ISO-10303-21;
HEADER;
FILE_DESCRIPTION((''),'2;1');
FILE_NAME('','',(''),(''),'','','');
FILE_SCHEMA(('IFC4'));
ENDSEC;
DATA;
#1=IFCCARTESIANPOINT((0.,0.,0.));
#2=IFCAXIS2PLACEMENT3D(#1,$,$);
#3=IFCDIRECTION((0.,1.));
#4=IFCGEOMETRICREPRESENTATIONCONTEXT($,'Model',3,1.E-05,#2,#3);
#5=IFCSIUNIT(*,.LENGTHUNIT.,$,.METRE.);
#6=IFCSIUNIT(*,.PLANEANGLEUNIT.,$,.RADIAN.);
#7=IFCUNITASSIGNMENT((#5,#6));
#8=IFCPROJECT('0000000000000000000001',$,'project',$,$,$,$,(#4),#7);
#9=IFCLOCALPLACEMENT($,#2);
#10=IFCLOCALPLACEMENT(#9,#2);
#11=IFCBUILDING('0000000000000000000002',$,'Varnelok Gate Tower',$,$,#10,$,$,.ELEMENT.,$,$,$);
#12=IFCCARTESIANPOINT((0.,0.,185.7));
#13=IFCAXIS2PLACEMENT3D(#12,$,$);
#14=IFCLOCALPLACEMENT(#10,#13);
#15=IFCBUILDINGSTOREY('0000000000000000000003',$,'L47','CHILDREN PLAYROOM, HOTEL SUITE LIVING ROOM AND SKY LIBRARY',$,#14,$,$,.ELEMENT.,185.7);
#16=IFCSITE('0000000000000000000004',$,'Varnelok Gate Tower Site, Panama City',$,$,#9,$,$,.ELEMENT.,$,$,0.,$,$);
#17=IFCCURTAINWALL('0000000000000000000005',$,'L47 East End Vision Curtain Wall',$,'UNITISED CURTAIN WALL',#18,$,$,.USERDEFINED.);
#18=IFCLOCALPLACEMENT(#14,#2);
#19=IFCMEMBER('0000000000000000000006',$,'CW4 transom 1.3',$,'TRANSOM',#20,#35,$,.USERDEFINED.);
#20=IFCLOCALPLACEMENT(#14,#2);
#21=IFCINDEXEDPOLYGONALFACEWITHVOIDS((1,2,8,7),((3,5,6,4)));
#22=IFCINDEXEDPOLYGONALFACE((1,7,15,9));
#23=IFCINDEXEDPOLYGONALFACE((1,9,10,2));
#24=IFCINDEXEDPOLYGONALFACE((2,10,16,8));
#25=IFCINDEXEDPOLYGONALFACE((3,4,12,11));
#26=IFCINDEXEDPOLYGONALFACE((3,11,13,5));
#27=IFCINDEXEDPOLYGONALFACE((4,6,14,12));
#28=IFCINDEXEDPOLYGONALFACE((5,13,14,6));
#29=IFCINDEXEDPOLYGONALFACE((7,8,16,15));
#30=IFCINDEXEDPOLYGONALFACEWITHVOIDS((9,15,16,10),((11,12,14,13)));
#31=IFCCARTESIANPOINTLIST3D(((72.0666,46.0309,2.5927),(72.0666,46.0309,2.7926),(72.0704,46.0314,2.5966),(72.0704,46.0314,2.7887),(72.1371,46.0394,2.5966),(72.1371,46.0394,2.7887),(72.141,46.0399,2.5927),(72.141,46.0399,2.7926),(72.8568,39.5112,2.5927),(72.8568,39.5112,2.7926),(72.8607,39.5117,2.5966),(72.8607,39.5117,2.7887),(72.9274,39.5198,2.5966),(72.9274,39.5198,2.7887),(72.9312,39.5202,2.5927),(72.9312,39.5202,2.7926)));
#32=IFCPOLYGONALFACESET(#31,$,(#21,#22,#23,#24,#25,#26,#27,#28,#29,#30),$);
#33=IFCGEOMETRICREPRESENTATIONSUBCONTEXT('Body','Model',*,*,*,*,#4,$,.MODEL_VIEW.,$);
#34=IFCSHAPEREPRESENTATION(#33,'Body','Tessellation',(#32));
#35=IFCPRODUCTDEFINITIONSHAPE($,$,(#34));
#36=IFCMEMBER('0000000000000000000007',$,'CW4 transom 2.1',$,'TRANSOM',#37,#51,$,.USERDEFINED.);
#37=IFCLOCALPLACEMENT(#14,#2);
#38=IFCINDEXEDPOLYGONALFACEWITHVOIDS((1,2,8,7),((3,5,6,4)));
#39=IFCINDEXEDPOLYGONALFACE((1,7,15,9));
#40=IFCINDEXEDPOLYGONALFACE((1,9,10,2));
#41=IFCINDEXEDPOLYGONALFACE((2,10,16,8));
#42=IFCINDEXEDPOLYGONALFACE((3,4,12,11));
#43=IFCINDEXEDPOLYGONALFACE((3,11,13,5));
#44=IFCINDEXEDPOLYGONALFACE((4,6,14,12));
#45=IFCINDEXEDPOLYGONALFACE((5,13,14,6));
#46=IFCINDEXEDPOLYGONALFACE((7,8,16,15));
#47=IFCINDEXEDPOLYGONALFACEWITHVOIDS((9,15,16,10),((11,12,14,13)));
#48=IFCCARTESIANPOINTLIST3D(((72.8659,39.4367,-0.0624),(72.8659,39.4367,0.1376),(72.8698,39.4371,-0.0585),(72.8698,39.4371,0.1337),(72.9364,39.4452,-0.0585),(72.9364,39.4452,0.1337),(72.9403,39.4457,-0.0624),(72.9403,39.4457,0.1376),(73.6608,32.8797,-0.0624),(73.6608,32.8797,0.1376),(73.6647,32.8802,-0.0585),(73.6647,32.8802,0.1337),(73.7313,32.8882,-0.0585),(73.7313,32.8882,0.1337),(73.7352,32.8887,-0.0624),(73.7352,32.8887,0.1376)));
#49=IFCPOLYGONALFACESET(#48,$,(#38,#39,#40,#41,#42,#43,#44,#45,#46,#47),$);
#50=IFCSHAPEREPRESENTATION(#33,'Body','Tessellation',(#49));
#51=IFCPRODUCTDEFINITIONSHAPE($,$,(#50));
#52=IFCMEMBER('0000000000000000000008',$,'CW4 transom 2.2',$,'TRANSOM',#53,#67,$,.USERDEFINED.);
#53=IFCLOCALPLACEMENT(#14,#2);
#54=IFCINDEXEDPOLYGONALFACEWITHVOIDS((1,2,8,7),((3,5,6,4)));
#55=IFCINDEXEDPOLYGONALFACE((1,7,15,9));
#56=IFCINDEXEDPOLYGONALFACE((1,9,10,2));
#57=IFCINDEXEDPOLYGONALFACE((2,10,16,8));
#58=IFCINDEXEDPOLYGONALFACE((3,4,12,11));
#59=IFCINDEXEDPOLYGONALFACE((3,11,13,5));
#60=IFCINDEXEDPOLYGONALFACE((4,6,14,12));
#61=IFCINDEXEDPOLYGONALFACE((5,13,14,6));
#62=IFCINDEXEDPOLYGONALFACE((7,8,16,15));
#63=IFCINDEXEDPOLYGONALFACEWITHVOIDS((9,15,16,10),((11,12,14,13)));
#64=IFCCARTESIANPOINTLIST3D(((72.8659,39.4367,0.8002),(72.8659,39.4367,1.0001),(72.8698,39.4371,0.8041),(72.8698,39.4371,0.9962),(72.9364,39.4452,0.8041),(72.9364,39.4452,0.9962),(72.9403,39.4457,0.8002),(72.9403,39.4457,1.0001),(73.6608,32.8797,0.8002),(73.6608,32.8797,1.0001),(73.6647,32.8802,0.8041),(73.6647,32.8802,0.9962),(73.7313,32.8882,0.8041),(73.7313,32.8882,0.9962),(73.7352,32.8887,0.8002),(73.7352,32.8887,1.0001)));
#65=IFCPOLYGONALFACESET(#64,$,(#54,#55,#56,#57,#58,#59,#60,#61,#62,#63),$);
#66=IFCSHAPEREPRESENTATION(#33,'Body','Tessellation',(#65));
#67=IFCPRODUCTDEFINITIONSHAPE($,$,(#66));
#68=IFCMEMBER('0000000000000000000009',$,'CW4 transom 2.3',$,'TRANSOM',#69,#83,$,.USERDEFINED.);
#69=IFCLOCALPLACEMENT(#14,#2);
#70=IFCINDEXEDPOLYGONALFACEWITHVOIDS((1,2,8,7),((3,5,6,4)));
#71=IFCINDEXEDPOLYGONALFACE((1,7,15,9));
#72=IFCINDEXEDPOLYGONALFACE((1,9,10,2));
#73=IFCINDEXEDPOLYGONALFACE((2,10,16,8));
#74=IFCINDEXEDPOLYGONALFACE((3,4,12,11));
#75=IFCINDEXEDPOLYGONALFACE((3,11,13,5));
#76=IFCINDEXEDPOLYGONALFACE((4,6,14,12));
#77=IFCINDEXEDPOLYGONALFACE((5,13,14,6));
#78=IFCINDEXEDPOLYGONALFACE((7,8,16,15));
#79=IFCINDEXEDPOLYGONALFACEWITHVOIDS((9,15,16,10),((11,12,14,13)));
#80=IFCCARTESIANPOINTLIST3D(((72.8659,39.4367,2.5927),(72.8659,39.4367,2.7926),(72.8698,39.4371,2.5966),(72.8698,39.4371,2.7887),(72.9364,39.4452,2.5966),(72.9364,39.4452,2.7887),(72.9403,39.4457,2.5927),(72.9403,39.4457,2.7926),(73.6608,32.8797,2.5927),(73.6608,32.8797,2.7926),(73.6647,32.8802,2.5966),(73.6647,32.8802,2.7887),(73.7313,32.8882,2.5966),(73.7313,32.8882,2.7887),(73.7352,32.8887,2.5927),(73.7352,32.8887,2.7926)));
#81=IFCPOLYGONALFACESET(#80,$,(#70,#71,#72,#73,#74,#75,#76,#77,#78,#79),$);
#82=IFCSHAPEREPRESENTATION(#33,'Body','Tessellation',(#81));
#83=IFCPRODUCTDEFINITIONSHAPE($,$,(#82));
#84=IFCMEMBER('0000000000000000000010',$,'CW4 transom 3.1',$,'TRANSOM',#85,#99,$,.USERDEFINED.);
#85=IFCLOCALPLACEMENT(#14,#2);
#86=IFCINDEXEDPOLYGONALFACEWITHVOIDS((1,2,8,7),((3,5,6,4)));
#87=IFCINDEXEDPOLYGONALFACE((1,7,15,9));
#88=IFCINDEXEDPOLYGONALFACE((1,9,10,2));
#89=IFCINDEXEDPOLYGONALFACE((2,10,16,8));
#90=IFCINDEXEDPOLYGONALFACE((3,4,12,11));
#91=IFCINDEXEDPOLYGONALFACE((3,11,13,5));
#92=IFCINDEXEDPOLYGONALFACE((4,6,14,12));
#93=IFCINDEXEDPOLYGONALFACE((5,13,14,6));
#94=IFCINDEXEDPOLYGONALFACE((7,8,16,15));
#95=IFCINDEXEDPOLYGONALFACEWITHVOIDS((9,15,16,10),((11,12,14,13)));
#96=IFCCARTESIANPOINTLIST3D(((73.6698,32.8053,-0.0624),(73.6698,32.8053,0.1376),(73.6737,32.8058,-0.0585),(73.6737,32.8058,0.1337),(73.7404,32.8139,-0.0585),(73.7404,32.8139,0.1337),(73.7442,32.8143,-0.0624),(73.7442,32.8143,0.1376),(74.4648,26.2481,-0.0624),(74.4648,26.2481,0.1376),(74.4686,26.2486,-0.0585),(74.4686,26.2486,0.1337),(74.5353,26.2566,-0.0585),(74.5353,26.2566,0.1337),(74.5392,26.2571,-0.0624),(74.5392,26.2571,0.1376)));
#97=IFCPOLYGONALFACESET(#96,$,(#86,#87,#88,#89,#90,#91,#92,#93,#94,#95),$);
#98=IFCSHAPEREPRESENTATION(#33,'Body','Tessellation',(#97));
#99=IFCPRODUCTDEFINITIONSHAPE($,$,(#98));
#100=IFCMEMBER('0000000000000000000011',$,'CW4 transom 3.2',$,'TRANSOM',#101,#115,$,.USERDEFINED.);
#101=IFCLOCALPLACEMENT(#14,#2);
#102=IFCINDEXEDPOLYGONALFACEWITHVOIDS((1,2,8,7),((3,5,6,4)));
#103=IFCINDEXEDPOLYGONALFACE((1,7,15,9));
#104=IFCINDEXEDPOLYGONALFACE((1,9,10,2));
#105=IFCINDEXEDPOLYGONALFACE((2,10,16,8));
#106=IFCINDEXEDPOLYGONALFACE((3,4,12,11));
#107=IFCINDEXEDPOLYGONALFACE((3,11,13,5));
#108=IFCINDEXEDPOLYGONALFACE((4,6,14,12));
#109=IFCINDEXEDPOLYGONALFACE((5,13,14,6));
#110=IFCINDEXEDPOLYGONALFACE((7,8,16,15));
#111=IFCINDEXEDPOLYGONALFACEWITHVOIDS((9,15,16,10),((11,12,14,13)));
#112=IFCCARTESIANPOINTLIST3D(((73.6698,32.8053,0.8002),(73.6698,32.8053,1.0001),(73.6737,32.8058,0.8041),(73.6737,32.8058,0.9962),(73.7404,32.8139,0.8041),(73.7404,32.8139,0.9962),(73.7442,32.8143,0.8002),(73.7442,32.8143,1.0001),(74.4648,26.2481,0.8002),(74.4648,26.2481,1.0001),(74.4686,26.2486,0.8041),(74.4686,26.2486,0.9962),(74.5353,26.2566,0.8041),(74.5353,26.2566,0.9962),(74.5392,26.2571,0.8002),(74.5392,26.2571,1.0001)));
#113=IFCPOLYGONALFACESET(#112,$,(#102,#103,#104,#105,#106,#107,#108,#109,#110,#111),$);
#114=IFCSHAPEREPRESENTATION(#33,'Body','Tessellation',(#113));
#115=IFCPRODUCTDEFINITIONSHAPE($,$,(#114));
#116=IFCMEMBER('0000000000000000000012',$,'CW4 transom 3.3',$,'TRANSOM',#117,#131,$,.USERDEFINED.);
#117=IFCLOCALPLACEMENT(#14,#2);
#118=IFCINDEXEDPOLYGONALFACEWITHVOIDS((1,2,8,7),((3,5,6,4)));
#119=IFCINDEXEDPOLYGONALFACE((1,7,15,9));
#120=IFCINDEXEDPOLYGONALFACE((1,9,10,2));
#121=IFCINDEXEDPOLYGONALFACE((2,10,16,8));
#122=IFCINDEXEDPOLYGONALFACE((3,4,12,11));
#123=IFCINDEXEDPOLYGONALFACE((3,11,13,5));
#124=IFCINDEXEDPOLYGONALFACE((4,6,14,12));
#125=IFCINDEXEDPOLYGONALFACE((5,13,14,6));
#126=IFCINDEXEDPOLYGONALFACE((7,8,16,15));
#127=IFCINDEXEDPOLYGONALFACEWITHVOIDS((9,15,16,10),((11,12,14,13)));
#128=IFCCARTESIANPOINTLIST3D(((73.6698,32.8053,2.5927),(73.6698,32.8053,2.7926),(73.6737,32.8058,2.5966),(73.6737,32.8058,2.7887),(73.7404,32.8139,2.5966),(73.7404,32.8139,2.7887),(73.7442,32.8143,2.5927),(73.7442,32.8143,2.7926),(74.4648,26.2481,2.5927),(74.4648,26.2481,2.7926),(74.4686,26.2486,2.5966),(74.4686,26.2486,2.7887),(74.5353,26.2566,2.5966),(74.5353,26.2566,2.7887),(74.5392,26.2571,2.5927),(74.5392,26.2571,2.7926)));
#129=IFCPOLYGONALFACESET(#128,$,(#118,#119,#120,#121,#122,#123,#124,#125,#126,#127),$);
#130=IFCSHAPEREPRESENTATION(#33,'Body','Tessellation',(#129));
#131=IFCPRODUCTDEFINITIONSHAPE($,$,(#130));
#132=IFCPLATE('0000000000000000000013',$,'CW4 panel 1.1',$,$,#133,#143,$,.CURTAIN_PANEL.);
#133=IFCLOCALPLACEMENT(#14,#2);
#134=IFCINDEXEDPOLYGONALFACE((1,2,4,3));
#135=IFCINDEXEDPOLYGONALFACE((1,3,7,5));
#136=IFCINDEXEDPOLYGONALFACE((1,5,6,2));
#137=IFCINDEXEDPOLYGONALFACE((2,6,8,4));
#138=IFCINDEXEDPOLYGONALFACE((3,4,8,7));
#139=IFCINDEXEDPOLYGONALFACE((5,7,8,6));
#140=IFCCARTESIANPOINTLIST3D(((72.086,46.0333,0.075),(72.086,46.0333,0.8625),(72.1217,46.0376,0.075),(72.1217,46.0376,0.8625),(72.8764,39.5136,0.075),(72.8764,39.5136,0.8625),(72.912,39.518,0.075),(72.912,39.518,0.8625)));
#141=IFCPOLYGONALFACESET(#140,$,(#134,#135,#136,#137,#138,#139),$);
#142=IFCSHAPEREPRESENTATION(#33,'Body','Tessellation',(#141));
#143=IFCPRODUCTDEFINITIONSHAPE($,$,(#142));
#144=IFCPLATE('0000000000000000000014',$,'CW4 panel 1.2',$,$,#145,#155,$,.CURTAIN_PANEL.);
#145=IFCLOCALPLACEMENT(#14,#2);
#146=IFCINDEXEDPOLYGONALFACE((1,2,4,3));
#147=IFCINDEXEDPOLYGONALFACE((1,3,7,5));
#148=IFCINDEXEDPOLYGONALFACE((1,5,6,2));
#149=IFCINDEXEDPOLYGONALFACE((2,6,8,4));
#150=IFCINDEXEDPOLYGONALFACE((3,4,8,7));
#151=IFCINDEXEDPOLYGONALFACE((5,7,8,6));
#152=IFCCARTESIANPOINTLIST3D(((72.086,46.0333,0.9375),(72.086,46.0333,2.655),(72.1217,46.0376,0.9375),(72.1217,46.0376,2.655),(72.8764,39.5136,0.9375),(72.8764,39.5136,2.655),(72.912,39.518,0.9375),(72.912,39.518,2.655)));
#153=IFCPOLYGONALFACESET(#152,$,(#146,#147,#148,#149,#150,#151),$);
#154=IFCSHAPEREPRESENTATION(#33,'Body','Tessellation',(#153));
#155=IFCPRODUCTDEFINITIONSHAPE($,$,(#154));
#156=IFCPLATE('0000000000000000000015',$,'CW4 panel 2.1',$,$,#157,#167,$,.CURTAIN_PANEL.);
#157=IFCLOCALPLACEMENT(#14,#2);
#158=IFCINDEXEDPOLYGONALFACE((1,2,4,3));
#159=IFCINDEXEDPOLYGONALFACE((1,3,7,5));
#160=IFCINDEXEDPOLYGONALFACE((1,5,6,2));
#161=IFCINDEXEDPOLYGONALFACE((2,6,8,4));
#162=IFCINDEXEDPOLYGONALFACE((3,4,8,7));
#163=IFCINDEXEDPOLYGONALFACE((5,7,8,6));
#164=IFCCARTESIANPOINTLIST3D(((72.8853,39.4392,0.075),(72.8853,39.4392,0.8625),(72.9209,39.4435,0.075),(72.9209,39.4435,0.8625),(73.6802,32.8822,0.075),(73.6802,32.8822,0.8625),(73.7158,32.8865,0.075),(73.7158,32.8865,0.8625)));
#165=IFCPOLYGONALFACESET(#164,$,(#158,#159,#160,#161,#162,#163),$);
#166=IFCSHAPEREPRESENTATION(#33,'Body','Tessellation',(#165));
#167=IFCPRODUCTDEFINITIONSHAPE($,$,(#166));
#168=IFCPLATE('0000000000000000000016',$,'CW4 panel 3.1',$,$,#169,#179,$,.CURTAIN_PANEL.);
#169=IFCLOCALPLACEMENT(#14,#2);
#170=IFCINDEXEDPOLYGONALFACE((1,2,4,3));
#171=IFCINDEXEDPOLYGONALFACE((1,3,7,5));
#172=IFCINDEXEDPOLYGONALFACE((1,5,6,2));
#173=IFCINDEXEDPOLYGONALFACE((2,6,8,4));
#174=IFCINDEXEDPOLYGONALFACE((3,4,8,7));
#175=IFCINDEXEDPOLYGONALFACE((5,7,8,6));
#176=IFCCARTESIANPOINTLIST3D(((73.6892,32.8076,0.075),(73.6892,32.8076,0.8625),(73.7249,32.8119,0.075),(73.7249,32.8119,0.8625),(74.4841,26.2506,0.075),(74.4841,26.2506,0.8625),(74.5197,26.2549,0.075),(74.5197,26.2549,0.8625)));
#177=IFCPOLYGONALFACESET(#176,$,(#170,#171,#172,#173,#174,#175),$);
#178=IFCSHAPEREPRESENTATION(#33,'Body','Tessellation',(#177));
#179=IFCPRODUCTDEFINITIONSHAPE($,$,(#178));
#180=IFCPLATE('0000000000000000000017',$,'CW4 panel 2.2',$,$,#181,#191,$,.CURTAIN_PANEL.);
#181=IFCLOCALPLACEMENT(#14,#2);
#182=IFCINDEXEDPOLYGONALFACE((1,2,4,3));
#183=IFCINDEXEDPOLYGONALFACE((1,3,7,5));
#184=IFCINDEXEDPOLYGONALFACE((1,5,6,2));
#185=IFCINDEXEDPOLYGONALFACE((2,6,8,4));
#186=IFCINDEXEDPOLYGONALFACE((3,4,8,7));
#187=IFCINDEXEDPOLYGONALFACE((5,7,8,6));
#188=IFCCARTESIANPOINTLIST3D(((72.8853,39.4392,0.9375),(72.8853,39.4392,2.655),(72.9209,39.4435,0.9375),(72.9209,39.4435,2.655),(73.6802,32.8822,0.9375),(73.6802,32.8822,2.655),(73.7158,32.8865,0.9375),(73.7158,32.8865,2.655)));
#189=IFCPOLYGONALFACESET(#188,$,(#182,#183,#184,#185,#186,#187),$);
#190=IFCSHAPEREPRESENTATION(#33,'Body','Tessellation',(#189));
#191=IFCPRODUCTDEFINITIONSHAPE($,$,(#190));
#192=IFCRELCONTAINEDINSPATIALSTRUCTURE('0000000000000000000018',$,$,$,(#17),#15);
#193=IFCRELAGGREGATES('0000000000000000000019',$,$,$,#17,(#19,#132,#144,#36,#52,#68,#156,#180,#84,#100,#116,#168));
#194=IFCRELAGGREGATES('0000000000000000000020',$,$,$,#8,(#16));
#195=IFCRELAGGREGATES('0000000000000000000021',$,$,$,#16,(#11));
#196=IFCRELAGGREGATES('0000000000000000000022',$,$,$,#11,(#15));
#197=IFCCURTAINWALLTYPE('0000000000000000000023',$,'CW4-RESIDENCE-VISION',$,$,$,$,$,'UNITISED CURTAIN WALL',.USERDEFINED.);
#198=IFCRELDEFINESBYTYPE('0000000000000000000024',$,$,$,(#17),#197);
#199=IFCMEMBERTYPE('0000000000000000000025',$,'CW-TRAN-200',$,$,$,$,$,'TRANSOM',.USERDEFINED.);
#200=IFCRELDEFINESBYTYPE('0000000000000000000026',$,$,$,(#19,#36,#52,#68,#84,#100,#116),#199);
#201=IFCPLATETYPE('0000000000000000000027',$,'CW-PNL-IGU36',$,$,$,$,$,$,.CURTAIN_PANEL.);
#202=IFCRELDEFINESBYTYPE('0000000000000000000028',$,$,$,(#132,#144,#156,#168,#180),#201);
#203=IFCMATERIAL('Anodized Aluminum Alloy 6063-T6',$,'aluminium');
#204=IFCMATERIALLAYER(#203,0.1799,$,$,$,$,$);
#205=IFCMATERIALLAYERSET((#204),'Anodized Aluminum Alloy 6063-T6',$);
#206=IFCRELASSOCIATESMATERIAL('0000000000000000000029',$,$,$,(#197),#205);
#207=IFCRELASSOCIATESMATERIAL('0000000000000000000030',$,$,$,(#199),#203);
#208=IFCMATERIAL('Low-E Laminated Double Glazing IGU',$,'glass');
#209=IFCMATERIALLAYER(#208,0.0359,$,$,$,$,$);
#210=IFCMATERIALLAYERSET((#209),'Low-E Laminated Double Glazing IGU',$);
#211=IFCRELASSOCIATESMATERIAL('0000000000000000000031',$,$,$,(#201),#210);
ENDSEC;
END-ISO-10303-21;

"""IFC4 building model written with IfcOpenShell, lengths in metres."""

from ifc_helpers import new_model, si_unit, direction, frame, origin, origin_2d, place, context, subcontext, project, spatial, rectangle, hollow_rectangle, extrude, source, transform, mapped, material, layer, layer_set, material_profile, profile_set, type_object, element, aggregate, save


model = new_model("IFC4")

# Units and contexts
model_context = context("Model", 3, precision=1e-05, world=origin(), true_north=direction((0.0, 1.0)))
body_context = subcontext(model_context, "Body", "Model", "MODEL_VIEW")
ifc_project = project(units=[si_unit("LENGTHUNIT", "METRE"), si_unit("PLANEANGLEUNIT", "RADIAN")], contexts=[model_context])

# Site, building, storey
site_placement = place(None, origin())
site = spatial("IfcSite", under=ifc_project, at=site_placement, Name="Varnelok Gate Tower Site, Panama City", CompositionType="ELEMENT", RefElevation=0.0)
building_placement = place(site_placement, origin())
building = spatial("IfcBuilding", under=site, at=building_placement, Name="Varnelok Gate Tower", CompositionType="ELEMENT")
storey_placement = place(building_placement, frame((0.0, 0.0, 185.7)))
storey = spatial("IfcBuildingStorey", under=building, at=storey_placement, Name="L47", Description="CHILDREN PLAYROOM, HOTEL SUITE LIVING ROOM AND SKY LIBRARY", CompositionType="ELEMENT", Elevation=185.7)

# Curtain wall, members, plates
ifc_material_1 = material(Name="Anodized Aluminum Alloy 6063-T6", Category="aluminium")
ifc_layer_1 = layer(ifc_material_1, 0.1799)
ifc_layer_set_1 = layer_set([ifc_layer_1], Name="Anodized Aluminum Alloy 6063-T6")
curtain_wall_type = type_object("IfcCurtainWallType", Name="CW4-RESIDENCE-VISION", ElementType="UNITISED CURTAIN WALL", PredefinedType="USERDEFINED", material=ifc_layer_set_1)
curtain_wall_placement = place(storey_placement, origin())
curtain_wall = element("IfcCurtainWall", 1, at=curtain_wall_placement, inside=storey, type_object=curtain_wall_type, Name="L47 East End Vision Curtain Wall", ObjectType="UNITISED CURTAIN WALL", PredefinedType="USERDEFINED")
ifc_material_profile_1 = material_profile(ifc_material_1, hollow_rectangle(XDim=0.075, YDim=0.2, WallThickness=0.0039, at=origin_2d()), Name="ALU200X75X4")
ifc_profile_set_1 = profile_set([ifc_material_profile_1], Name="Anodized Aluminum Alloy 6063-T6")
member_type_1 = type_object("IfcMemberType", Name="CW-TRAN-200", ElementType="TRANSOM", PredefinedType="USERDEFINED", material=ifc_profile_set_1)
member_1_placement = place(storey_placement, frame((72.1038, 46.0354, 2.6926), z_axis=(0.120332, -0.992734, 0.0), x_axis=(0.992734, 0.120332, 0.0)))
member_1 = element("IfcMember", 2, at=member_1_placement, type_object=member_type_1, Name="CW4 transom 1.3", ObjectType="TRANSOM", PredefinedType="USERDEFINED", context=body_context, shape_type="SweptSolid", body=[
    extrude(hollow_rectangle(XDim=0.075, YDim=0.2, WallThickness=0.0039, at=origin_2d()), origin(), (0.0, 0.0, 1.0), 6.5674),
])
member_2_placement = place(storey_placement, frame((72.9031, 39.4412, 0.0376), z_axis=(0.120353, -0.992731, 0.0), x_axis=(0.992731, 0.120353, 0.0)))
member_2 = element("IfcMember", 3, at=member_2_placement, type_object=member_type_1, Name="CW4 transom 2.1", ObjectType="TRANSOM", PredefinedType="USERDEFINED", context=body_context, shape_type="SweptSolid", body=[
    extrude(hollow_rectangle(XDim=0.075, YDim=0.2, WallThickness=0.0039, at=origin_2d()), origin(), (0.0, 0.0, 1.0), 6.605),
])
member_3_placement = place(storey_placement, frame((72.9031, 39.4412, 0.9001), z_axis=(0.120353, -0.992731, 0.0), x_axis=(0.992731, 0.120353, 0.0)))
member_3 = element("IfcMember", 4, at=member_3_placement, type_object=member_type_1, Name="CW4 transom 2.2", ObjectType="TRANSOM", PredefinedType="USERDEFINED", context=body_context, shape_type="SweptSolid", body=[
    extrude(hollow_rectangle(XDim=0.075, YDim=0.2, WallThickness=0.0039, at=origin_2d()), origin(), (0.0, 0.0, 1.0), 6.605),
])
member_4_placement = place(storey_placement, frame((72.9031, 39.4412, 2.6926), z_axis=(0.120353, -0.992731, 0.0), x_axis=(0.992731, 0.120353, 0.0)))
member_4 = element("IfcMember", 5, at=member_4_placement, type_object=member_type_1, Name="CW4 transom 2.3", ObjectType="TRANSOM", PredefinedType="USERDEFINED", context=body_context, shape_type="SweptSolid", body=[
    extrude(hollow_rectangle(XDim=0.075, YDim=0.2, WallThickness=0.0039, at=origin_2d()), origin(), (0.0, 0.0, 1.0), 6.605),
])
member_5_placement = place(storey_placement, frame((73.707, 32.8098, 0.0376), z_axis=(0.120349, -0.992732, 0.0), x_axis=(0.992732, 0.120349, 0.0)))
member_5 = element("IfcMember", 6, at=member_5_placement, type_object=member_type_1, Name="CW4 transom 3.1", ObjectType="TRANSOM", PredefinedType="USERDEFINED", context=body_context, shape_type="SweptSolid", body=[
    extrude(hollow_rectangle(XDim=0.075, YDim=0.2, WallThickness=0.0039, at=origin_2d()), origin(), (0.0, 0.0, 1.0), 6.6052),
])
member_6_placement = place(storey_placement, frame((73.707, 32.8098, 0.9001), z_axis=(0.120349, -0.992732, 0.0), x_axis=(0.992732, 0.120349, 0.0)))
member_6 = element("IfcMember", 7, at=member_6_placement, type_object=member_type_1, Name="CW4 transom 3.2", ObjectType="TRANSOM", PredefinedType="USERDEFINED", context=body_context, shape_type="SweptSolid", body=[
    extrude(hollow_rectangle(XDim=0.075, YDim=0.2, WallThickness=0.0039, at=origin_2d()), origin(), (0.0, 0.0, 1.0), 6.6052),
])
member_7_placement = place(storey_placement, frame((73.707, 32.8098, 2.6926), z_axis=(0.120349, -0.992732, 0.0), x_axis=(0.992732, 0.120349, 0.0)))
member_7 = element("IfcMember", 8, at=member_7_placement, type_object=member_type_1, Name="CW4 transom 3.3", ObjectType="TRANSOM", PredefinedType="USERDEFINED", context=body_context, shape_type="SweptSolid", body=[
    extrude(hollow_rectangle(XDim=0.075, YDim=0.2, WallThickness=0.0039, at=origin_2d()), origin(), (0.0, 0.0, 1.0), 6.6052),
])
ifc_material_2 = material(Name="Low-E Laminated Double Glazing IGU", Category="glass")
ifc_layer_2 = layer(ifc_material_2, 0.0359)
ifc_layer_set_2 = layer_set([ifc_layer_2], Name="Low-E Laminated Double Glazing IGU")
plate_type = type_object("IfcPlateType", Name="CW-PNL-IGU36", PredefinedType="CURTAIN_PANEL", material=ifc_layer_set_2)
shared_shape_1 = source(origin(), body_context, "Body", "SweptSolid", [
    extrude(rectangle(XDim=6.5674, YDim=0.0359, at=origin_2d()), origin(), (0.0, 0.0, 1.0), 0.7876),
])
plate_1_placement = place(storey_placement, frame((72.499, 42.7756, 0.075), z_axis=(0.0, 0.0, 1.0), x_axis=(0.120345, -0.992732, 0.0)))
plate_1 = element("IfcPlate", 9, at=plate_1_placement, type_object=plate_type, Name="CW4 panel 1.1", PredefinedType="CURTAIN_PANEL", context=body_context, shape_type="MappedRepresentation", body=[
    mapped(shared_shape_1, transform((0.0, 0.0, 0.0), scale=1.0)),
])
shared_shape_2 = source(origin(), body_context, "Body", "SweptSolid", [
    extrude(rectangle(XDim=6.5674, YDim=0.0359, at=origin_2d()), origin(), (0.0, 0.0, 1.0), 1.7175),
])
plate_2_placement = place(storey_placement, frame((72.499, 42.7756, 0.9375), z_axis=(0.0, 0.0, 1.0), x_axis=(0.120345, -0.992732, 0.0)))
plate_2 = element("IfcPlate", 10, at=plate_2_placement, type_object=plate_type, Name="CW4 panel 1.2", PredefinedType="CURTAIN_PANEL", context=body_context, shape_type="MappedRepresentation", body=[
    mapped(shared_shape_2, transform((0.0, 0.0, 0.0), scale=1.0)),
])
shared_shape_3 = source(origin(), body_context, "Body", "SweptSolid", [
    extrude(rectangle(XDim=6.605, YDim=0.0359, at=origin_2d()), origin(), (0.0, 0.0, 1.0), 0.7876),
])
plate_3_placement = place(storey_placement, frame((73.3005, 36.1628, 0.075), z_axis=(0.0, 0.0, 1.0), x_axis=(0.120345, -0.992732, 0.0)))
plate_3 = element("IfcPlate", 11, at=plate_3_placement, type_object=plate_type, Name="CW4 panel 2.1", PredefinedType="CURTAIN_PANEL", context=body_context, shape_type="MappedRepresentation", body=[
    mapped(shared_shape_3, transform((0.0, 0.0, 0.0), scale=1.0)),
])
plate_4_placement = place(storey_placement, frame((74.1045, 29.5312, 0.075), z_axis=(0.0, 0.0, 1.0), x_axis=(0.120345, -0.992732, 0.0)))
plate_4 = element("IfcPlate", 12, at=plate_4_placement, type_object=plate_type, Name="CW4 panel 3.1", PredefinedType="CURTAIN_PANEL", context=body_context, shape_type="MappedRepresentation", body=[
    mapped(shared_shape_3, transform((0.0, 0.0, 0.0), scale=1.0)),
])
shared_shape_4 = source(origin(), body_context, "Body", "SweptSolid", [
    extrude(rectangle(XDim=6.605, YDim=0.0359, at=origin_2d()), origin(), (0.0, 0.0, 1.0), 1.7175),
])
plate_5_placement = place(storey_placement, frame((73.3005, 36.1628, 0.9375), z_axis=(0.0, 0.0, 1.0), x_axis=(0.120345, -0.992732, 0.0)))
plate_5 = element("IfcPlate", 13, at=plate_5_placement, type_object=plate_type, Name="CW4 panel 2.2", PredefinedType="CURTAIN_PANEL", context=body_context, shape_type="MappedRepresentation", body=[
    mapped(shared_shape_4, transform((0.0, 0.0, 0.0), scale=1.0)),
])
aggregate(curtain_wall, [member_1, plate_1, plate_2, member_2, member_3, member_4, plate_3, plate_5, member_5, member_6, member_7, plate_4])

save(model, "model.ifc")
